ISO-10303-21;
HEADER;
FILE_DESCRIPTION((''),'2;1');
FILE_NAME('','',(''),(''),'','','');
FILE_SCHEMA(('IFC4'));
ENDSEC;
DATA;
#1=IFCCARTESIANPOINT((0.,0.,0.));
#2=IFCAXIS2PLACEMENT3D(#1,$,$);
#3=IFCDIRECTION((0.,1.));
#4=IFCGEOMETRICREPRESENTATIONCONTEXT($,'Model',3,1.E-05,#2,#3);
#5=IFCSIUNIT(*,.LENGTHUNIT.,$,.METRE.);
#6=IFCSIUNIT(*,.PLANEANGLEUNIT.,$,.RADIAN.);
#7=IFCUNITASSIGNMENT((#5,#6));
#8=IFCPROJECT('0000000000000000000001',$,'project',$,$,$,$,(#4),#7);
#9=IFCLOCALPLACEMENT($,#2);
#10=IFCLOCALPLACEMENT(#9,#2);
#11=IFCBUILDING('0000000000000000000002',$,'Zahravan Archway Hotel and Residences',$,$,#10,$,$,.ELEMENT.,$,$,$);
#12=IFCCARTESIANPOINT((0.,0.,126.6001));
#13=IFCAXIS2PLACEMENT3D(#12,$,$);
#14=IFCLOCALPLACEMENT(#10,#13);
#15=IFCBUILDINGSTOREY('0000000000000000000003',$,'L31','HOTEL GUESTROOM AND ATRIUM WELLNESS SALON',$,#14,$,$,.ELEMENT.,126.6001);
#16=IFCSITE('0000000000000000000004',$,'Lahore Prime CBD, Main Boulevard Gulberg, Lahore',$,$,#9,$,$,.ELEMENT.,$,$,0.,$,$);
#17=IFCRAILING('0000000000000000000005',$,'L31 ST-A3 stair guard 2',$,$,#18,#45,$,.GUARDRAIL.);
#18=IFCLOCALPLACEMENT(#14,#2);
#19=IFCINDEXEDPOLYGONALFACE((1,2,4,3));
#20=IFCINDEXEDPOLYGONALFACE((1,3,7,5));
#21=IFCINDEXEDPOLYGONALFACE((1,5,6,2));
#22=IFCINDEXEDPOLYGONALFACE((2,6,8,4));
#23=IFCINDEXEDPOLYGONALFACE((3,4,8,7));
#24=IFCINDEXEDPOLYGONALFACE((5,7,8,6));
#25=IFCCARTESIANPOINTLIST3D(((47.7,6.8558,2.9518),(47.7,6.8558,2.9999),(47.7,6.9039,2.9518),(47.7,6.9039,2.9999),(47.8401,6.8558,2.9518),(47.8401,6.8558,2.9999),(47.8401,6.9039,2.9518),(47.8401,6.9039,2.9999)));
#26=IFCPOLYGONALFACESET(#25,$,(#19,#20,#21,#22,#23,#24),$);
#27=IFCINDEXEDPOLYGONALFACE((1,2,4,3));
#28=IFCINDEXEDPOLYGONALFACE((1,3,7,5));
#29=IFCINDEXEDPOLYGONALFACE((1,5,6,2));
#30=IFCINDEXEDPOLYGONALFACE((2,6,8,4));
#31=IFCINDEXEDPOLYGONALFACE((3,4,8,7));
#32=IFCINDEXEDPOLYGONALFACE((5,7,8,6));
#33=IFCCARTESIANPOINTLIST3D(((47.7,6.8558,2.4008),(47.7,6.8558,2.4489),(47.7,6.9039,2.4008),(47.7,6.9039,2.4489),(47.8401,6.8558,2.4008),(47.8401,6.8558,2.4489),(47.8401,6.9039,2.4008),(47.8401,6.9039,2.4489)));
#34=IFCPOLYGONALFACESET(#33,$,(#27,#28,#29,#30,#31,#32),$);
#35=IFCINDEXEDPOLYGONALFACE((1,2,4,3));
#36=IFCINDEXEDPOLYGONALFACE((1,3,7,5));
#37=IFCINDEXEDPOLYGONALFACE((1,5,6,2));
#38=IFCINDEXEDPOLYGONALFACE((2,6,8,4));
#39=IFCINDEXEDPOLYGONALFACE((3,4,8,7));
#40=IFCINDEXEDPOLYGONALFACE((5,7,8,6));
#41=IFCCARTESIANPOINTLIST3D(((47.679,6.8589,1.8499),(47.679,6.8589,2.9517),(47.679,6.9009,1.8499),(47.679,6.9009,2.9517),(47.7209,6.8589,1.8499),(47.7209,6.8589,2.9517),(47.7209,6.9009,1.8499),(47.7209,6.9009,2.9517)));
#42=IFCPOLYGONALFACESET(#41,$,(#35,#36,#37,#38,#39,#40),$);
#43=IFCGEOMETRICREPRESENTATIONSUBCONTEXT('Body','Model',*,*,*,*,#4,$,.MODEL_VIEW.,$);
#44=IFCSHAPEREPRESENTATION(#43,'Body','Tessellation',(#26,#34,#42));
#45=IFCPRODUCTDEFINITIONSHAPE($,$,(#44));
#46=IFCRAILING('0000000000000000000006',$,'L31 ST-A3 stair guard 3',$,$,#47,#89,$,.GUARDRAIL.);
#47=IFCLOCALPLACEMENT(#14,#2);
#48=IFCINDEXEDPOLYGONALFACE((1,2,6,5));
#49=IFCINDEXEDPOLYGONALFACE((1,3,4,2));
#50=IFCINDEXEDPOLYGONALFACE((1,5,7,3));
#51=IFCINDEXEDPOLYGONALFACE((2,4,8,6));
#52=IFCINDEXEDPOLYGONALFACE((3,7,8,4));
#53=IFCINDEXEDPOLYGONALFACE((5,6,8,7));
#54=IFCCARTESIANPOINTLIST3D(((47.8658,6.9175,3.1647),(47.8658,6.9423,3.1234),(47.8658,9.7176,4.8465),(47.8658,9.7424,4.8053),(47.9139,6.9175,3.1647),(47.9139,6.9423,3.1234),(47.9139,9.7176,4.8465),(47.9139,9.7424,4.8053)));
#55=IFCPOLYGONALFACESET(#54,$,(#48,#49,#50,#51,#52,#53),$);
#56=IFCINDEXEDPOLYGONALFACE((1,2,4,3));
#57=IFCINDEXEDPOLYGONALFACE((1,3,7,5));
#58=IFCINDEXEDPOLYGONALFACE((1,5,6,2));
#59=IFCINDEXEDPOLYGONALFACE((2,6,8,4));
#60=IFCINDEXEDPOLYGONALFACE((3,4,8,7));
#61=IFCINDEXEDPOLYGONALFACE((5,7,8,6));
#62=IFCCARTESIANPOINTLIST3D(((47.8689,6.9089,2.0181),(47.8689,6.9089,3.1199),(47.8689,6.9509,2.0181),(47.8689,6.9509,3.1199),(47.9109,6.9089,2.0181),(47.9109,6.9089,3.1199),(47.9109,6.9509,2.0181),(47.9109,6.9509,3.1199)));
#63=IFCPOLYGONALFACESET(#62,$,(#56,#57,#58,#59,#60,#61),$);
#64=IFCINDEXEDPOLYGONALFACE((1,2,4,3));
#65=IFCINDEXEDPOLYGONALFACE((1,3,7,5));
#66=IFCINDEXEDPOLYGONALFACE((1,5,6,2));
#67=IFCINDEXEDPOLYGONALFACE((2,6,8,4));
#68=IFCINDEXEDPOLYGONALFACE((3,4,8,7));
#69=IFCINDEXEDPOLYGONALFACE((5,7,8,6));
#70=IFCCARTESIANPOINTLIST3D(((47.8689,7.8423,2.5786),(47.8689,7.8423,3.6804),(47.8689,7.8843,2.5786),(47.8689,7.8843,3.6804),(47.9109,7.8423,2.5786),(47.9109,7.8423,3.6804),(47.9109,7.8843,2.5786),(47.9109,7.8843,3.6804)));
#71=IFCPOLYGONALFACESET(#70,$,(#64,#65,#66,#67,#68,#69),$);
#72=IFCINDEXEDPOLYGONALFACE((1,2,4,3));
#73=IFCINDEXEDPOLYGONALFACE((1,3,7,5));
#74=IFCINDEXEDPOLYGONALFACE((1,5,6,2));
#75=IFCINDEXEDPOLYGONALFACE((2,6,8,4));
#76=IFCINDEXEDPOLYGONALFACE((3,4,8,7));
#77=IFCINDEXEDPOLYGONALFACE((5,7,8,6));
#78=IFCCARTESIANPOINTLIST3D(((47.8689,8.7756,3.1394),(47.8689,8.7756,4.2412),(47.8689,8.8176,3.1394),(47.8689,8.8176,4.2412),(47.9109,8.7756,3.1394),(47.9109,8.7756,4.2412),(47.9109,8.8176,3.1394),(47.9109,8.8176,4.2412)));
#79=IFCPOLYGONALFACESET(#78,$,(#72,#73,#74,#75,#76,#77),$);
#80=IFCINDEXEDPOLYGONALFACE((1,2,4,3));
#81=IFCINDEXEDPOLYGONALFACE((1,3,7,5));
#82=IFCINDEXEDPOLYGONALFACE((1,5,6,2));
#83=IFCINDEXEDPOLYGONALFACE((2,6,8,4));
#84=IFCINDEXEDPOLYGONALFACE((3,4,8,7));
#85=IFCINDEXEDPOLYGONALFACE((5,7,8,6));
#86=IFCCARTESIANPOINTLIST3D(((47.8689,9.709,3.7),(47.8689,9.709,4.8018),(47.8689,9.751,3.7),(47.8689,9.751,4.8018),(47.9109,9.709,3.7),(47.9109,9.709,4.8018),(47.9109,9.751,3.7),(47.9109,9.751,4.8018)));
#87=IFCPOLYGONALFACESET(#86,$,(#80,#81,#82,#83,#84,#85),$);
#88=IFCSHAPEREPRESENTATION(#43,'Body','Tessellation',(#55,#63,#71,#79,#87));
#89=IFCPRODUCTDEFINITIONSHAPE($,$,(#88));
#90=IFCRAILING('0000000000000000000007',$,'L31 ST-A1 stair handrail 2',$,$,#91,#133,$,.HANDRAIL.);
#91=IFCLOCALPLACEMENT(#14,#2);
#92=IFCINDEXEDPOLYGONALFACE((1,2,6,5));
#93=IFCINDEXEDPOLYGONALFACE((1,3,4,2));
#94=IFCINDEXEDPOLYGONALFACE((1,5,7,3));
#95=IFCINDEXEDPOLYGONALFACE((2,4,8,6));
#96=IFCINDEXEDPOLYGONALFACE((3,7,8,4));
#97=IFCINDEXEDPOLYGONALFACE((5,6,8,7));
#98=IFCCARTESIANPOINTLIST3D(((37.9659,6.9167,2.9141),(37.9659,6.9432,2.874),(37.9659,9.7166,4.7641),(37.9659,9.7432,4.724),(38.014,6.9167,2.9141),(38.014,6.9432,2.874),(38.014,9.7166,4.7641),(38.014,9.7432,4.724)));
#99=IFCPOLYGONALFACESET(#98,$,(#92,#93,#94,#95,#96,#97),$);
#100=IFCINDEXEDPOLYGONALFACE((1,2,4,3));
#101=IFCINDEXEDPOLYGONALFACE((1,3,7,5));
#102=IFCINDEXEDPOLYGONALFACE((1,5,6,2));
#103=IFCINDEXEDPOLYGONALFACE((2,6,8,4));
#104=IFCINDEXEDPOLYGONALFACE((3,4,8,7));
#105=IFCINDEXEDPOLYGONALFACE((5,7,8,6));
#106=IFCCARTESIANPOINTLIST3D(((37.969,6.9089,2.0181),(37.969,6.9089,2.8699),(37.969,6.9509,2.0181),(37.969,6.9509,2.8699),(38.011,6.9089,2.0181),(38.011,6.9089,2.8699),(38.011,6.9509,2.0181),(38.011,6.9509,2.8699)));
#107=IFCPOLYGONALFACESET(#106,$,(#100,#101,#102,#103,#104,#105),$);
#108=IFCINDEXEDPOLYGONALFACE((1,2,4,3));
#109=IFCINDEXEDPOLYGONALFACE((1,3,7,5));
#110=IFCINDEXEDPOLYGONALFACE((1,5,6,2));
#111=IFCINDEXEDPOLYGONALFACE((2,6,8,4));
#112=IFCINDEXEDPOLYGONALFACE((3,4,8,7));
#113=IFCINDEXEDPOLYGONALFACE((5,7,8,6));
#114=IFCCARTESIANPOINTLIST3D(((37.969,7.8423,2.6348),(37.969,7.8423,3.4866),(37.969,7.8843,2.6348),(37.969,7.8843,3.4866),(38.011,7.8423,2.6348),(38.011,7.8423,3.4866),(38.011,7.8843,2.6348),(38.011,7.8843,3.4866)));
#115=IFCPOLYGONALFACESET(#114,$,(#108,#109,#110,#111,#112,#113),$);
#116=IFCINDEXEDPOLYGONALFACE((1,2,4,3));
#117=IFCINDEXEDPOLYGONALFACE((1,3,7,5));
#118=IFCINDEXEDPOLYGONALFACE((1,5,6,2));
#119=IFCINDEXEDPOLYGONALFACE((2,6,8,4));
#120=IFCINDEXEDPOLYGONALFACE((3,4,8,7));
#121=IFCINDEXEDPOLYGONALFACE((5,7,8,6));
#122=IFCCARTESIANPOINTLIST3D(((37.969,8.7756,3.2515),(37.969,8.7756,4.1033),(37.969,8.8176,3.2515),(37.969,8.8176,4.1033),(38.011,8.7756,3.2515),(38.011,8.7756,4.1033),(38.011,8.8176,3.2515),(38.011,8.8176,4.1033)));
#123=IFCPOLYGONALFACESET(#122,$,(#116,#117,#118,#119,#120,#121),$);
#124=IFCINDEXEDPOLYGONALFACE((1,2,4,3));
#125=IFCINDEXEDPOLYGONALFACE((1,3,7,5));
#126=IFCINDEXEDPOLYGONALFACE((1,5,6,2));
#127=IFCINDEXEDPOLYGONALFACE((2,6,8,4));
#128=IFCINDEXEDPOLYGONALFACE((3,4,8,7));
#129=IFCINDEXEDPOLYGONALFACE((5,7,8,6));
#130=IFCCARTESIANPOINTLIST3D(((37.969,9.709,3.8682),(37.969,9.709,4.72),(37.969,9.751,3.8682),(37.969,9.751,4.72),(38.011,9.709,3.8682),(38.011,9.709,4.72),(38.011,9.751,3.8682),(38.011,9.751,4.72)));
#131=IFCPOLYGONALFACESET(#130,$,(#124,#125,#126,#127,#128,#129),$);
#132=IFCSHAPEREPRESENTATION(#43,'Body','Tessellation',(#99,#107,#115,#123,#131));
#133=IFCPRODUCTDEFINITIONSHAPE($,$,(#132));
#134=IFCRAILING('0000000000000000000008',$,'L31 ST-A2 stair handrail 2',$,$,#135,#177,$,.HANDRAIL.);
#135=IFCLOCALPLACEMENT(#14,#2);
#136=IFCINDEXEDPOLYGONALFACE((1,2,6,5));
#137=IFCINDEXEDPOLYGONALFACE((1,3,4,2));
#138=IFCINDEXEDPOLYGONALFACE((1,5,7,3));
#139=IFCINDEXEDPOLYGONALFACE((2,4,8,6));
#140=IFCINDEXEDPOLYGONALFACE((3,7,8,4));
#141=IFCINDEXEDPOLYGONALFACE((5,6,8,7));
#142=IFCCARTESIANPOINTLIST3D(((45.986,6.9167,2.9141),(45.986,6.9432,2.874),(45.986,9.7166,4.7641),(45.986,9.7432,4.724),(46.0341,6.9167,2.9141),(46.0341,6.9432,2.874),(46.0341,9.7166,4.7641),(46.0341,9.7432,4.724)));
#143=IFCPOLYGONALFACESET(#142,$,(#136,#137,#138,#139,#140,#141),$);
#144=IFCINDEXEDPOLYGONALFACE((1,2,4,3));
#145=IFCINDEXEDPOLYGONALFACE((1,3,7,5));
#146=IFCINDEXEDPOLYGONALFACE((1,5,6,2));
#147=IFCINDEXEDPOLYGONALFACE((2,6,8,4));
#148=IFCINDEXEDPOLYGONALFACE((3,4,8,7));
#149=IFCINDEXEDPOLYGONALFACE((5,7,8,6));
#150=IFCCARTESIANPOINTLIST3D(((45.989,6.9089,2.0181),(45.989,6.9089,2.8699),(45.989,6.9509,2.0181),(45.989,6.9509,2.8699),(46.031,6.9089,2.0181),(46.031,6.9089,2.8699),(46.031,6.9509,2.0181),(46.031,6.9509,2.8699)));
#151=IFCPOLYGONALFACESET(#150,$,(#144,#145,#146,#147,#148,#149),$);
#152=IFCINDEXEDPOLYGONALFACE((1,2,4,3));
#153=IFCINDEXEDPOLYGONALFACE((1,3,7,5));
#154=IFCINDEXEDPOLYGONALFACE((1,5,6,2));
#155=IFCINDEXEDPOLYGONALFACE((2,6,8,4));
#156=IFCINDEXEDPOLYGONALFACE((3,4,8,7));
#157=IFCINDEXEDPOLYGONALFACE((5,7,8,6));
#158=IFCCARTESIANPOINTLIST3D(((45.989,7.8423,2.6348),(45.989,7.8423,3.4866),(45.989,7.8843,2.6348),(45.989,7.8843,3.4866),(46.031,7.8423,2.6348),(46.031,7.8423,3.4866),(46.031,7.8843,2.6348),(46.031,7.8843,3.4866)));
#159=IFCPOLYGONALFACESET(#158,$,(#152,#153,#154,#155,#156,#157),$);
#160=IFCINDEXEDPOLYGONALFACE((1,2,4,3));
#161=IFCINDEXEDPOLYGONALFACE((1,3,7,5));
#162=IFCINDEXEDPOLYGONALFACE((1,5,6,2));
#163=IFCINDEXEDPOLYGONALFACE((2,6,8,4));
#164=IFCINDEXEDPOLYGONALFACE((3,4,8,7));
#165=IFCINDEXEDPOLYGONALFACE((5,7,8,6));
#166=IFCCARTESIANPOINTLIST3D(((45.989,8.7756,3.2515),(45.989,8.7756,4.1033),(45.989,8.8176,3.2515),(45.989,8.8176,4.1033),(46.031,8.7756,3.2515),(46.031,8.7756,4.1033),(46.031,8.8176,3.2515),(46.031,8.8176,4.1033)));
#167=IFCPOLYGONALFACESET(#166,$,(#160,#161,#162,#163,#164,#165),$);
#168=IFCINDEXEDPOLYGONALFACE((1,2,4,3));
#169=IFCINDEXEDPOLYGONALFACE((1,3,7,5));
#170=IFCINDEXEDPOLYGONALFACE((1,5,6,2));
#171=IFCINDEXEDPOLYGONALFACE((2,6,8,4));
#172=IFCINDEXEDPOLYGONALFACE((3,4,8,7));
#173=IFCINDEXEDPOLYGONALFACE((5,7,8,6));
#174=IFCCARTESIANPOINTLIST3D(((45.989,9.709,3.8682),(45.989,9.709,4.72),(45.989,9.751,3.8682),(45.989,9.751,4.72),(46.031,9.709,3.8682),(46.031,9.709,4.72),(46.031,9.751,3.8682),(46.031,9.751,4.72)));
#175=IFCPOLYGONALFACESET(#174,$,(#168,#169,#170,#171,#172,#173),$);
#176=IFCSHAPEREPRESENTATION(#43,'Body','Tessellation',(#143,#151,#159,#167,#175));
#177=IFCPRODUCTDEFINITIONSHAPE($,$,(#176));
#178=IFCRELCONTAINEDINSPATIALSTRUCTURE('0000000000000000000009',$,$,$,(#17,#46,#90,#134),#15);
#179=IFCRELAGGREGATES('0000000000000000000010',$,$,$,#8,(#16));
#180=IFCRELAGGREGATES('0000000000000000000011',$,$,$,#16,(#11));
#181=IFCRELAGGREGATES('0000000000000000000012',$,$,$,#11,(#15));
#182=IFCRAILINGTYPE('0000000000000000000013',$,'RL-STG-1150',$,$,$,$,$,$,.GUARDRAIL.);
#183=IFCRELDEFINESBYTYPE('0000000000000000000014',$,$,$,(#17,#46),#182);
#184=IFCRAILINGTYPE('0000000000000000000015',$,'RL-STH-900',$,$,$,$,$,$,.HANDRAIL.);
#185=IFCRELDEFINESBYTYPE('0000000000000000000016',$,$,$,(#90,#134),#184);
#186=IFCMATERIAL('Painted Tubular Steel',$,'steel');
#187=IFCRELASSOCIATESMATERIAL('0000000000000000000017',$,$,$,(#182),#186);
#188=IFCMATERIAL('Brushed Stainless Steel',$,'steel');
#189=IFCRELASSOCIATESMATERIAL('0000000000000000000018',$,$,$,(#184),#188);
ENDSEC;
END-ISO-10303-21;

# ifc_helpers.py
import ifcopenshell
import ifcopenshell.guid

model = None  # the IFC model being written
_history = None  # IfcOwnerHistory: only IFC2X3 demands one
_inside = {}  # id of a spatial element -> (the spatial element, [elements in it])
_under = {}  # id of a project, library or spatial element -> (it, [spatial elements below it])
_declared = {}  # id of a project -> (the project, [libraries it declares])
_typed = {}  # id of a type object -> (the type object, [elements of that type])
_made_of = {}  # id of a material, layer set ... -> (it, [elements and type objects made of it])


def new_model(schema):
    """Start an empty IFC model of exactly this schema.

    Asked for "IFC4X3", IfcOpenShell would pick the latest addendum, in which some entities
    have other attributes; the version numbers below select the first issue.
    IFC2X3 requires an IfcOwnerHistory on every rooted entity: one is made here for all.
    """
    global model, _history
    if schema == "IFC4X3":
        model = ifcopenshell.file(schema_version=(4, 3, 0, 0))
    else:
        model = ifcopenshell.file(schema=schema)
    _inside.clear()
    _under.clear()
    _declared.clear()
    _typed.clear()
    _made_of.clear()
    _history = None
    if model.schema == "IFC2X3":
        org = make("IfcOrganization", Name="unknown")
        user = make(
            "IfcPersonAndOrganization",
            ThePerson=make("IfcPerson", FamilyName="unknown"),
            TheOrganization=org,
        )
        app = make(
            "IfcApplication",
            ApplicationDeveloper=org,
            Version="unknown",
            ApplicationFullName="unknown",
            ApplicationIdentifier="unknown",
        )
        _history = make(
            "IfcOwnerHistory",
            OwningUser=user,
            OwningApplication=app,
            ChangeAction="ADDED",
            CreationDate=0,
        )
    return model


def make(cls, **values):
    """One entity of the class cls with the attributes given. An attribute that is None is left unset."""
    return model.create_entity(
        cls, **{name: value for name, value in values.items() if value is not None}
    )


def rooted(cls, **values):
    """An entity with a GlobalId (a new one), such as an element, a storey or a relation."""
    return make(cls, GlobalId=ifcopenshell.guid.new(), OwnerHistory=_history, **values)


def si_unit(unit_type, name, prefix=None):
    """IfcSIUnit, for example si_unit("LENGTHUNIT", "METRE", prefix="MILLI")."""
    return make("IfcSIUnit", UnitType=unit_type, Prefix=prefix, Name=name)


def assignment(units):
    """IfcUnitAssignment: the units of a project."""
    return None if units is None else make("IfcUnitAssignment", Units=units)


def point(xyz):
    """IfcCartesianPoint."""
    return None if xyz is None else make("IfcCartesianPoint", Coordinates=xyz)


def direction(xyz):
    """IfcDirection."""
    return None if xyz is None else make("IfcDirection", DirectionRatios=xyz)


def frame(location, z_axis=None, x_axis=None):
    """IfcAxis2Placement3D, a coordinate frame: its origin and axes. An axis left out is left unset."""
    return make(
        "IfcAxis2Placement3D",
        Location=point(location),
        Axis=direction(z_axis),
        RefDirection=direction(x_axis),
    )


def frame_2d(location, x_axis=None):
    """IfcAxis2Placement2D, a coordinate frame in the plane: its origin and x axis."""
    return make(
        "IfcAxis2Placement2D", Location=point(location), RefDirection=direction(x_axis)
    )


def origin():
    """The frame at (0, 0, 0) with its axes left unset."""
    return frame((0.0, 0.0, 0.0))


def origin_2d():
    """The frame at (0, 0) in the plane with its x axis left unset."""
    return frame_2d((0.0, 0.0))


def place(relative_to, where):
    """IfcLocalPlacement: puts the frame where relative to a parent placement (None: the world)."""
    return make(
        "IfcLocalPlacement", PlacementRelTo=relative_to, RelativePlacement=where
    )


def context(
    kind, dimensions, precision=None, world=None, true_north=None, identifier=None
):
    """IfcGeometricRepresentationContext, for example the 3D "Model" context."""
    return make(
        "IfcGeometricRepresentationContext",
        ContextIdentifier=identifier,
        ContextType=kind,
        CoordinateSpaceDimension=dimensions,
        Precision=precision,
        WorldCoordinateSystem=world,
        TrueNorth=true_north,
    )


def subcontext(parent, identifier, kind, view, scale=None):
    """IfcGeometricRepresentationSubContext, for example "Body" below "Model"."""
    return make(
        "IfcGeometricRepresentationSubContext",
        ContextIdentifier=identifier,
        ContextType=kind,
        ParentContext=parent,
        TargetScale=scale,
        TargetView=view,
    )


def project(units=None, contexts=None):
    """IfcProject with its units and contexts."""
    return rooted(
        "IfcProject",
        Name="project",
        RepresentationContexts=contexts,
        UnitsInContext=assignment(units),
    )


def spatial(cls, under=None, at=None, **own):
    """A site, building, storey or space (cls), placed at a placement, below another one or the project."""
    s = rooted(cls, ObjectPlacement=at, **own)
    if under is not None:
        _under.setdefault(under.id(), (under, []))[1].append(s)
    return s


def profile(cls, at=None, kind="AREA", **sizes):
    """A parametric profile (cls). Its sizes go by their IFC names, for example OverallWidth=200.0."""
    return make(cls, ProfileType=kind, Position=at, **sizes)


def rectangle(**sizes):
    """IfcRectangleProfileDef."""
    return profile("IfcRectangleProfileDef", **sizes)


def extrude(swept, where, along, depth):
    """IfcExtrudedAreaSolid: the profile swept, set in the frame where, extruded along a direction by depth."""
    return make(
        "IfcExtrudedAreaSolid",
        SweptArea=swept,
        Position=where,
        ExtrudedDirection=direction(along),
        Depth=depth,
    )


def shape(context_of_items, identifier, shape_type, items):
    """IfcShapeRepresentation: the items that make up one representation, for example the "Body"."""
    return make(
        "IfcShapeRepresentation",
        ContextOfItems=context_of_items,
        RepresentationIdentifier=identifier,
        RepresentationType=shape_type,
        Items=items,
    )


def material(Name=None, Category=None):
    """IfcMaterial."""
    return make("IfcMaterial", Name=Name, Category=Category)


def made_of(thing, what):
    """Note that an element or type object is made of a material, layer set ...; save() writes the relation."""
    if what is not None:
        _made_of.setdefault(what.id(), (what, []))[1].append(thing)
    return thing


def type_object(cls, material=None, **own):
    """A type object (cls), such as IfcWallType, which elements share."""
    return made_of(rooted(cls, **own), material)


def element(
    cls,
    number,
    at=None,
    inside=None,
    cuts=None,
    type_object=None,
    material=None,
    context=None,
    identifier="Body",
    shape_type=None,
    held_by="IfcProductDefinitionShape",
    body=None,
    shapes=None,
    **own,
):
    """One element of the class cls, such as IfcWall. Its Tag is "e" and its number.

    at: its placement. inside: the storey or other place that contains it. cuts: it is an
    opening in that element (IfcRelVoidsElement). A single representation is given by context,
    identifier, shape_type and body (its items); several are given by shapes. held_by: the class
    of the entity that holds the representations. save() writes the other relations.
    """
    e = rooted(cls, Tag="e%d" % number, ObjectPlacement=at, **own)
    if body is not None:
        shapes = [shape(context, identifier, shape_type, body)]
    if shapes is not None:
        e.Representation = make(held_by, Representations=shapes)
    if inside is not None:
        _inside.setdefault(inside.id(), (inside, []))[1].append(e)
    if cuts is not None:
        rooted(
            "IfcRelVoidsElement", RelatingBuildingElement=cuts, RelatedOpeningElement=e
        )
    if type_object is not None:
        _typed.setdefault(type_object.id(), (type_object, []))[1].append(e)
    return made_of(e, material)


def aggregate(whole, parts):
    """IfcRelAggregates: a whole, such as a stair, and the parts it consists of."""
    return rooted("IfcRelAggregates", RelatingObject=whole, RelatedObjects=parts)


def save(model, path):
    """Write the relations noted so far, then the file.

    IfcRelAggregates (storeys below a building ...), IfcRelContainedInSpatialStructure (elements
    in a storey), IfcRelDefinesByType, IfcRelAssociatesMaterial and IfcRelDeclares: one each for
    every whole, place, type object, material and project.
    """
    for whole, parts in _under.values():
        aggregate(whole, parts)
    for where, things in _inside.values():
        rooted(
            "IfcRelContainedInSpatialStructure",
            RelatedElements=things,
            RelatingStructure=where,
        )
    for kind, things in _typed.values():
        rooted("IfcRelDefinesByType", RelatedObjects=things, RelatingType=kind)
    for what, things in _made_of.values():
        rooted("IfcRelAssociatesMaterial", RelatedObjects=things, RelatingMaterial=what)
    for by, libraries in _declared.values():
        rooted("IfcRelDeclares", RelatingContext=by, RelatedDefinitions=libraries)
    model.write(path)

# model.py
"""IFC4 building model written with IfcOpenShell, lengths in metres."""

from ifc_helpers import new_model, si_unit, direction, frame, origin, origin_2d, place, context, subcontext, project, spatial, rectangle, extrude, material, type_object, element, save


model = new_model("IFC4")

# Units and contexts
model_context = context("Model", 3, precision=1e-05, world=origin(), true_north=direction((0.0, 1.0)))
body_context = subcontext(model_context, "Body", "Model", "MODEL_VIEW")
ifc_project = project(units=[si_unit("LENGTHUNIT", "METRE"), si_unit("PLANEANGLEUNIT", "RADIAN")], contexts=[model_context])

# Site, building, storey
site_placement = place(None, origin())
site = spatial("IfcSite", under=ifc_project, at=site_placement, Name="Lahore Prime CBD, Main Boulevard Gulberg, Lahore", CompositionType="ELEMENT", RefElevation=0.0)
building_placement = place(site_placement, origin())
building = spatial("IfcBuilding", under=site, at=building_placement, Name="Zahravan Archway Hotel and Residences", CompositionType="ELEMENT")
storey_placement = place(building_placement, frame((0.0, 0.0, 126.6001)))
storey = spatial("IfcBuildingStorey", under=building, at=storey_placement, Name="L31", Description="HOTEL GUESTROOM AND ATRIUM WELLNESS SALON", CompositionType="ELEMENT", Elevation=126.6001)

# Railings
ifc_material_1 = material(Name="Painted Tubular Steel", Category="steel")
railing_type_1 = type_object("IfcRailingType", Name="RL-STG-1150", PredefinedType="GUARDRAIL", material=ifc_material_1)
railing_1_placement = place(storey_placement, frame((47.7, 6.8799, 1.8499)))
element("IfcRailing", 1, at=railing_1_placement, inside=storey, type_object=railing_type_1, Name="L31 ST-A3 stair guard 2", PredefinedType="GUARDRAIL", context=body_context, shape_type="SweptSolid", body=[
    extrude(rectangle(XDim=0.0481, YDim=0.0481, at=origin_2d()), frame((0.0, 0.0, 1.126), z_axis=(1.0, 0.0, 0.0), x_axis=(0.0, 1.0, 0.0)), (0.0, 0.0, 1.0), 0.1401),
    extrude(rectangle(XDim=0.0481, YDim=0.0481, at=origin_2d()), frame((0.0, 0.0, 0.575), z_axis=(1.0, 0.0, 0.0), x_axis=(0.0, 1.0, 0.0)), (0.0, 0.0, 1.0), 0.1401),
    extrude(rectangle(XDim=0.042, YDim=0.042, at=origin_2d()), origin(), (0.0, 0.0, 1.0), 1.1018),
])
railing_2_placement = place(storey_placement, frame((47.8899, 6.9299, 2.0181)))
element("IfcRailing", 2, at=railing_2_placement, inside=storey, type_object=railing_type_1, Name="L31 ST-A3 stair guard 3", PredefinedType="GUARDRAIL", context=body_context, shape_type="SweptSolid", body=[
    extrude(rectangle(XDim=0.0481, YDim=0.0481, at=origin_2d()), frame((0.0, 0.0, 1.126), z_axis=(0.0, 0.857242, 0.514913), x_axis=(-1.0, 0.0, 0.0)), (0.0, 0.0, 1.0), 3.2664),
    extrude(rectangle(XDim=0.042, YDim=0.042, at=origin_2d()), origin(), (0.0, 0.0, 1.0), 1.1018),
    extrude(rectangle(XDim=0.042, YDim=0.042, at=origin_2d()), frame((0.0, 0.9333, 0.5605)), (0.0, 0.0, 1.0), 1.1018),
    extrude(rectangle(XDim=0.042, YDim=0.042, at=origin_2d()), frame((0.0, 1.8667, 1.1213)), (0.0, 0.0, 1.0), 1.1018),
    extrude(rectangle(XDim=0.042, YDim=0.042, at=origin_2d()), frame((0.0, 2.8, 1.6819)), (0.0, 0.0, 1.0), 1.1018),
])
ifc_material_2 = material(Name="Brushed Stainless Steel", Category="steel")
railing_type_2 = type_object("IfcRailingType", Name="RL-STH-900", PredefinedType="HANDRAIL", material=ifc_material_2)
for number, where, name in (
    (3, (37.99, 6.9299, 2.0181), "L31 ST-A1 stair handrail 2"),
    (4, (46.01, 6.9299, 2.0181), "L31 ST-A2 stair handrail 2"),
):
    element("IfcRailing", number, at=place(storey_placement, frame(where)), inside=storey, type_object=railing_type_2, Name=name, PredefinedType="HANDRAIL", context=body_context, shape_type="SweptSolid", body=[
        extrude(rectangle(XDim=0.0481, YDim=0.0481, at=origin_2d()), frame((0.0, 0.0, 0.876), z_axis=(0.0, 0.834326, 0.551271), x_axis=(-1.0, 0.0, 0.0)), (0.0, 0.0, 1.0), 3.356),
        extrude(rectangle(XDim=0.042, YDim=0.042, at=origin_2d()), origin(), (0.0, 0.0, 1.0), 0.8518),
        extrude(rectangle(XDim=0.042, YDim=0.042, at=origin_2d()), frame((0.0, 0.9333, 0.6167)), (0.0, 0.0, 1.0), 0.8518),
        extrude(rectangle(XDim=0.042, YDim=0.042, at=origin_2d()), frame((0.0, 1.8667, 1.2334)), (0.0, 0.0, 1.0), 0.8518),
        extrude(rectangle(XDim=0.042, YDim=0.042, at=origin_2d()), frame((0.0, 2.8, 1.8501)), (0.0, 0.0, 1.0), 0.8518),
    ])

save(model, "model.ifc")
